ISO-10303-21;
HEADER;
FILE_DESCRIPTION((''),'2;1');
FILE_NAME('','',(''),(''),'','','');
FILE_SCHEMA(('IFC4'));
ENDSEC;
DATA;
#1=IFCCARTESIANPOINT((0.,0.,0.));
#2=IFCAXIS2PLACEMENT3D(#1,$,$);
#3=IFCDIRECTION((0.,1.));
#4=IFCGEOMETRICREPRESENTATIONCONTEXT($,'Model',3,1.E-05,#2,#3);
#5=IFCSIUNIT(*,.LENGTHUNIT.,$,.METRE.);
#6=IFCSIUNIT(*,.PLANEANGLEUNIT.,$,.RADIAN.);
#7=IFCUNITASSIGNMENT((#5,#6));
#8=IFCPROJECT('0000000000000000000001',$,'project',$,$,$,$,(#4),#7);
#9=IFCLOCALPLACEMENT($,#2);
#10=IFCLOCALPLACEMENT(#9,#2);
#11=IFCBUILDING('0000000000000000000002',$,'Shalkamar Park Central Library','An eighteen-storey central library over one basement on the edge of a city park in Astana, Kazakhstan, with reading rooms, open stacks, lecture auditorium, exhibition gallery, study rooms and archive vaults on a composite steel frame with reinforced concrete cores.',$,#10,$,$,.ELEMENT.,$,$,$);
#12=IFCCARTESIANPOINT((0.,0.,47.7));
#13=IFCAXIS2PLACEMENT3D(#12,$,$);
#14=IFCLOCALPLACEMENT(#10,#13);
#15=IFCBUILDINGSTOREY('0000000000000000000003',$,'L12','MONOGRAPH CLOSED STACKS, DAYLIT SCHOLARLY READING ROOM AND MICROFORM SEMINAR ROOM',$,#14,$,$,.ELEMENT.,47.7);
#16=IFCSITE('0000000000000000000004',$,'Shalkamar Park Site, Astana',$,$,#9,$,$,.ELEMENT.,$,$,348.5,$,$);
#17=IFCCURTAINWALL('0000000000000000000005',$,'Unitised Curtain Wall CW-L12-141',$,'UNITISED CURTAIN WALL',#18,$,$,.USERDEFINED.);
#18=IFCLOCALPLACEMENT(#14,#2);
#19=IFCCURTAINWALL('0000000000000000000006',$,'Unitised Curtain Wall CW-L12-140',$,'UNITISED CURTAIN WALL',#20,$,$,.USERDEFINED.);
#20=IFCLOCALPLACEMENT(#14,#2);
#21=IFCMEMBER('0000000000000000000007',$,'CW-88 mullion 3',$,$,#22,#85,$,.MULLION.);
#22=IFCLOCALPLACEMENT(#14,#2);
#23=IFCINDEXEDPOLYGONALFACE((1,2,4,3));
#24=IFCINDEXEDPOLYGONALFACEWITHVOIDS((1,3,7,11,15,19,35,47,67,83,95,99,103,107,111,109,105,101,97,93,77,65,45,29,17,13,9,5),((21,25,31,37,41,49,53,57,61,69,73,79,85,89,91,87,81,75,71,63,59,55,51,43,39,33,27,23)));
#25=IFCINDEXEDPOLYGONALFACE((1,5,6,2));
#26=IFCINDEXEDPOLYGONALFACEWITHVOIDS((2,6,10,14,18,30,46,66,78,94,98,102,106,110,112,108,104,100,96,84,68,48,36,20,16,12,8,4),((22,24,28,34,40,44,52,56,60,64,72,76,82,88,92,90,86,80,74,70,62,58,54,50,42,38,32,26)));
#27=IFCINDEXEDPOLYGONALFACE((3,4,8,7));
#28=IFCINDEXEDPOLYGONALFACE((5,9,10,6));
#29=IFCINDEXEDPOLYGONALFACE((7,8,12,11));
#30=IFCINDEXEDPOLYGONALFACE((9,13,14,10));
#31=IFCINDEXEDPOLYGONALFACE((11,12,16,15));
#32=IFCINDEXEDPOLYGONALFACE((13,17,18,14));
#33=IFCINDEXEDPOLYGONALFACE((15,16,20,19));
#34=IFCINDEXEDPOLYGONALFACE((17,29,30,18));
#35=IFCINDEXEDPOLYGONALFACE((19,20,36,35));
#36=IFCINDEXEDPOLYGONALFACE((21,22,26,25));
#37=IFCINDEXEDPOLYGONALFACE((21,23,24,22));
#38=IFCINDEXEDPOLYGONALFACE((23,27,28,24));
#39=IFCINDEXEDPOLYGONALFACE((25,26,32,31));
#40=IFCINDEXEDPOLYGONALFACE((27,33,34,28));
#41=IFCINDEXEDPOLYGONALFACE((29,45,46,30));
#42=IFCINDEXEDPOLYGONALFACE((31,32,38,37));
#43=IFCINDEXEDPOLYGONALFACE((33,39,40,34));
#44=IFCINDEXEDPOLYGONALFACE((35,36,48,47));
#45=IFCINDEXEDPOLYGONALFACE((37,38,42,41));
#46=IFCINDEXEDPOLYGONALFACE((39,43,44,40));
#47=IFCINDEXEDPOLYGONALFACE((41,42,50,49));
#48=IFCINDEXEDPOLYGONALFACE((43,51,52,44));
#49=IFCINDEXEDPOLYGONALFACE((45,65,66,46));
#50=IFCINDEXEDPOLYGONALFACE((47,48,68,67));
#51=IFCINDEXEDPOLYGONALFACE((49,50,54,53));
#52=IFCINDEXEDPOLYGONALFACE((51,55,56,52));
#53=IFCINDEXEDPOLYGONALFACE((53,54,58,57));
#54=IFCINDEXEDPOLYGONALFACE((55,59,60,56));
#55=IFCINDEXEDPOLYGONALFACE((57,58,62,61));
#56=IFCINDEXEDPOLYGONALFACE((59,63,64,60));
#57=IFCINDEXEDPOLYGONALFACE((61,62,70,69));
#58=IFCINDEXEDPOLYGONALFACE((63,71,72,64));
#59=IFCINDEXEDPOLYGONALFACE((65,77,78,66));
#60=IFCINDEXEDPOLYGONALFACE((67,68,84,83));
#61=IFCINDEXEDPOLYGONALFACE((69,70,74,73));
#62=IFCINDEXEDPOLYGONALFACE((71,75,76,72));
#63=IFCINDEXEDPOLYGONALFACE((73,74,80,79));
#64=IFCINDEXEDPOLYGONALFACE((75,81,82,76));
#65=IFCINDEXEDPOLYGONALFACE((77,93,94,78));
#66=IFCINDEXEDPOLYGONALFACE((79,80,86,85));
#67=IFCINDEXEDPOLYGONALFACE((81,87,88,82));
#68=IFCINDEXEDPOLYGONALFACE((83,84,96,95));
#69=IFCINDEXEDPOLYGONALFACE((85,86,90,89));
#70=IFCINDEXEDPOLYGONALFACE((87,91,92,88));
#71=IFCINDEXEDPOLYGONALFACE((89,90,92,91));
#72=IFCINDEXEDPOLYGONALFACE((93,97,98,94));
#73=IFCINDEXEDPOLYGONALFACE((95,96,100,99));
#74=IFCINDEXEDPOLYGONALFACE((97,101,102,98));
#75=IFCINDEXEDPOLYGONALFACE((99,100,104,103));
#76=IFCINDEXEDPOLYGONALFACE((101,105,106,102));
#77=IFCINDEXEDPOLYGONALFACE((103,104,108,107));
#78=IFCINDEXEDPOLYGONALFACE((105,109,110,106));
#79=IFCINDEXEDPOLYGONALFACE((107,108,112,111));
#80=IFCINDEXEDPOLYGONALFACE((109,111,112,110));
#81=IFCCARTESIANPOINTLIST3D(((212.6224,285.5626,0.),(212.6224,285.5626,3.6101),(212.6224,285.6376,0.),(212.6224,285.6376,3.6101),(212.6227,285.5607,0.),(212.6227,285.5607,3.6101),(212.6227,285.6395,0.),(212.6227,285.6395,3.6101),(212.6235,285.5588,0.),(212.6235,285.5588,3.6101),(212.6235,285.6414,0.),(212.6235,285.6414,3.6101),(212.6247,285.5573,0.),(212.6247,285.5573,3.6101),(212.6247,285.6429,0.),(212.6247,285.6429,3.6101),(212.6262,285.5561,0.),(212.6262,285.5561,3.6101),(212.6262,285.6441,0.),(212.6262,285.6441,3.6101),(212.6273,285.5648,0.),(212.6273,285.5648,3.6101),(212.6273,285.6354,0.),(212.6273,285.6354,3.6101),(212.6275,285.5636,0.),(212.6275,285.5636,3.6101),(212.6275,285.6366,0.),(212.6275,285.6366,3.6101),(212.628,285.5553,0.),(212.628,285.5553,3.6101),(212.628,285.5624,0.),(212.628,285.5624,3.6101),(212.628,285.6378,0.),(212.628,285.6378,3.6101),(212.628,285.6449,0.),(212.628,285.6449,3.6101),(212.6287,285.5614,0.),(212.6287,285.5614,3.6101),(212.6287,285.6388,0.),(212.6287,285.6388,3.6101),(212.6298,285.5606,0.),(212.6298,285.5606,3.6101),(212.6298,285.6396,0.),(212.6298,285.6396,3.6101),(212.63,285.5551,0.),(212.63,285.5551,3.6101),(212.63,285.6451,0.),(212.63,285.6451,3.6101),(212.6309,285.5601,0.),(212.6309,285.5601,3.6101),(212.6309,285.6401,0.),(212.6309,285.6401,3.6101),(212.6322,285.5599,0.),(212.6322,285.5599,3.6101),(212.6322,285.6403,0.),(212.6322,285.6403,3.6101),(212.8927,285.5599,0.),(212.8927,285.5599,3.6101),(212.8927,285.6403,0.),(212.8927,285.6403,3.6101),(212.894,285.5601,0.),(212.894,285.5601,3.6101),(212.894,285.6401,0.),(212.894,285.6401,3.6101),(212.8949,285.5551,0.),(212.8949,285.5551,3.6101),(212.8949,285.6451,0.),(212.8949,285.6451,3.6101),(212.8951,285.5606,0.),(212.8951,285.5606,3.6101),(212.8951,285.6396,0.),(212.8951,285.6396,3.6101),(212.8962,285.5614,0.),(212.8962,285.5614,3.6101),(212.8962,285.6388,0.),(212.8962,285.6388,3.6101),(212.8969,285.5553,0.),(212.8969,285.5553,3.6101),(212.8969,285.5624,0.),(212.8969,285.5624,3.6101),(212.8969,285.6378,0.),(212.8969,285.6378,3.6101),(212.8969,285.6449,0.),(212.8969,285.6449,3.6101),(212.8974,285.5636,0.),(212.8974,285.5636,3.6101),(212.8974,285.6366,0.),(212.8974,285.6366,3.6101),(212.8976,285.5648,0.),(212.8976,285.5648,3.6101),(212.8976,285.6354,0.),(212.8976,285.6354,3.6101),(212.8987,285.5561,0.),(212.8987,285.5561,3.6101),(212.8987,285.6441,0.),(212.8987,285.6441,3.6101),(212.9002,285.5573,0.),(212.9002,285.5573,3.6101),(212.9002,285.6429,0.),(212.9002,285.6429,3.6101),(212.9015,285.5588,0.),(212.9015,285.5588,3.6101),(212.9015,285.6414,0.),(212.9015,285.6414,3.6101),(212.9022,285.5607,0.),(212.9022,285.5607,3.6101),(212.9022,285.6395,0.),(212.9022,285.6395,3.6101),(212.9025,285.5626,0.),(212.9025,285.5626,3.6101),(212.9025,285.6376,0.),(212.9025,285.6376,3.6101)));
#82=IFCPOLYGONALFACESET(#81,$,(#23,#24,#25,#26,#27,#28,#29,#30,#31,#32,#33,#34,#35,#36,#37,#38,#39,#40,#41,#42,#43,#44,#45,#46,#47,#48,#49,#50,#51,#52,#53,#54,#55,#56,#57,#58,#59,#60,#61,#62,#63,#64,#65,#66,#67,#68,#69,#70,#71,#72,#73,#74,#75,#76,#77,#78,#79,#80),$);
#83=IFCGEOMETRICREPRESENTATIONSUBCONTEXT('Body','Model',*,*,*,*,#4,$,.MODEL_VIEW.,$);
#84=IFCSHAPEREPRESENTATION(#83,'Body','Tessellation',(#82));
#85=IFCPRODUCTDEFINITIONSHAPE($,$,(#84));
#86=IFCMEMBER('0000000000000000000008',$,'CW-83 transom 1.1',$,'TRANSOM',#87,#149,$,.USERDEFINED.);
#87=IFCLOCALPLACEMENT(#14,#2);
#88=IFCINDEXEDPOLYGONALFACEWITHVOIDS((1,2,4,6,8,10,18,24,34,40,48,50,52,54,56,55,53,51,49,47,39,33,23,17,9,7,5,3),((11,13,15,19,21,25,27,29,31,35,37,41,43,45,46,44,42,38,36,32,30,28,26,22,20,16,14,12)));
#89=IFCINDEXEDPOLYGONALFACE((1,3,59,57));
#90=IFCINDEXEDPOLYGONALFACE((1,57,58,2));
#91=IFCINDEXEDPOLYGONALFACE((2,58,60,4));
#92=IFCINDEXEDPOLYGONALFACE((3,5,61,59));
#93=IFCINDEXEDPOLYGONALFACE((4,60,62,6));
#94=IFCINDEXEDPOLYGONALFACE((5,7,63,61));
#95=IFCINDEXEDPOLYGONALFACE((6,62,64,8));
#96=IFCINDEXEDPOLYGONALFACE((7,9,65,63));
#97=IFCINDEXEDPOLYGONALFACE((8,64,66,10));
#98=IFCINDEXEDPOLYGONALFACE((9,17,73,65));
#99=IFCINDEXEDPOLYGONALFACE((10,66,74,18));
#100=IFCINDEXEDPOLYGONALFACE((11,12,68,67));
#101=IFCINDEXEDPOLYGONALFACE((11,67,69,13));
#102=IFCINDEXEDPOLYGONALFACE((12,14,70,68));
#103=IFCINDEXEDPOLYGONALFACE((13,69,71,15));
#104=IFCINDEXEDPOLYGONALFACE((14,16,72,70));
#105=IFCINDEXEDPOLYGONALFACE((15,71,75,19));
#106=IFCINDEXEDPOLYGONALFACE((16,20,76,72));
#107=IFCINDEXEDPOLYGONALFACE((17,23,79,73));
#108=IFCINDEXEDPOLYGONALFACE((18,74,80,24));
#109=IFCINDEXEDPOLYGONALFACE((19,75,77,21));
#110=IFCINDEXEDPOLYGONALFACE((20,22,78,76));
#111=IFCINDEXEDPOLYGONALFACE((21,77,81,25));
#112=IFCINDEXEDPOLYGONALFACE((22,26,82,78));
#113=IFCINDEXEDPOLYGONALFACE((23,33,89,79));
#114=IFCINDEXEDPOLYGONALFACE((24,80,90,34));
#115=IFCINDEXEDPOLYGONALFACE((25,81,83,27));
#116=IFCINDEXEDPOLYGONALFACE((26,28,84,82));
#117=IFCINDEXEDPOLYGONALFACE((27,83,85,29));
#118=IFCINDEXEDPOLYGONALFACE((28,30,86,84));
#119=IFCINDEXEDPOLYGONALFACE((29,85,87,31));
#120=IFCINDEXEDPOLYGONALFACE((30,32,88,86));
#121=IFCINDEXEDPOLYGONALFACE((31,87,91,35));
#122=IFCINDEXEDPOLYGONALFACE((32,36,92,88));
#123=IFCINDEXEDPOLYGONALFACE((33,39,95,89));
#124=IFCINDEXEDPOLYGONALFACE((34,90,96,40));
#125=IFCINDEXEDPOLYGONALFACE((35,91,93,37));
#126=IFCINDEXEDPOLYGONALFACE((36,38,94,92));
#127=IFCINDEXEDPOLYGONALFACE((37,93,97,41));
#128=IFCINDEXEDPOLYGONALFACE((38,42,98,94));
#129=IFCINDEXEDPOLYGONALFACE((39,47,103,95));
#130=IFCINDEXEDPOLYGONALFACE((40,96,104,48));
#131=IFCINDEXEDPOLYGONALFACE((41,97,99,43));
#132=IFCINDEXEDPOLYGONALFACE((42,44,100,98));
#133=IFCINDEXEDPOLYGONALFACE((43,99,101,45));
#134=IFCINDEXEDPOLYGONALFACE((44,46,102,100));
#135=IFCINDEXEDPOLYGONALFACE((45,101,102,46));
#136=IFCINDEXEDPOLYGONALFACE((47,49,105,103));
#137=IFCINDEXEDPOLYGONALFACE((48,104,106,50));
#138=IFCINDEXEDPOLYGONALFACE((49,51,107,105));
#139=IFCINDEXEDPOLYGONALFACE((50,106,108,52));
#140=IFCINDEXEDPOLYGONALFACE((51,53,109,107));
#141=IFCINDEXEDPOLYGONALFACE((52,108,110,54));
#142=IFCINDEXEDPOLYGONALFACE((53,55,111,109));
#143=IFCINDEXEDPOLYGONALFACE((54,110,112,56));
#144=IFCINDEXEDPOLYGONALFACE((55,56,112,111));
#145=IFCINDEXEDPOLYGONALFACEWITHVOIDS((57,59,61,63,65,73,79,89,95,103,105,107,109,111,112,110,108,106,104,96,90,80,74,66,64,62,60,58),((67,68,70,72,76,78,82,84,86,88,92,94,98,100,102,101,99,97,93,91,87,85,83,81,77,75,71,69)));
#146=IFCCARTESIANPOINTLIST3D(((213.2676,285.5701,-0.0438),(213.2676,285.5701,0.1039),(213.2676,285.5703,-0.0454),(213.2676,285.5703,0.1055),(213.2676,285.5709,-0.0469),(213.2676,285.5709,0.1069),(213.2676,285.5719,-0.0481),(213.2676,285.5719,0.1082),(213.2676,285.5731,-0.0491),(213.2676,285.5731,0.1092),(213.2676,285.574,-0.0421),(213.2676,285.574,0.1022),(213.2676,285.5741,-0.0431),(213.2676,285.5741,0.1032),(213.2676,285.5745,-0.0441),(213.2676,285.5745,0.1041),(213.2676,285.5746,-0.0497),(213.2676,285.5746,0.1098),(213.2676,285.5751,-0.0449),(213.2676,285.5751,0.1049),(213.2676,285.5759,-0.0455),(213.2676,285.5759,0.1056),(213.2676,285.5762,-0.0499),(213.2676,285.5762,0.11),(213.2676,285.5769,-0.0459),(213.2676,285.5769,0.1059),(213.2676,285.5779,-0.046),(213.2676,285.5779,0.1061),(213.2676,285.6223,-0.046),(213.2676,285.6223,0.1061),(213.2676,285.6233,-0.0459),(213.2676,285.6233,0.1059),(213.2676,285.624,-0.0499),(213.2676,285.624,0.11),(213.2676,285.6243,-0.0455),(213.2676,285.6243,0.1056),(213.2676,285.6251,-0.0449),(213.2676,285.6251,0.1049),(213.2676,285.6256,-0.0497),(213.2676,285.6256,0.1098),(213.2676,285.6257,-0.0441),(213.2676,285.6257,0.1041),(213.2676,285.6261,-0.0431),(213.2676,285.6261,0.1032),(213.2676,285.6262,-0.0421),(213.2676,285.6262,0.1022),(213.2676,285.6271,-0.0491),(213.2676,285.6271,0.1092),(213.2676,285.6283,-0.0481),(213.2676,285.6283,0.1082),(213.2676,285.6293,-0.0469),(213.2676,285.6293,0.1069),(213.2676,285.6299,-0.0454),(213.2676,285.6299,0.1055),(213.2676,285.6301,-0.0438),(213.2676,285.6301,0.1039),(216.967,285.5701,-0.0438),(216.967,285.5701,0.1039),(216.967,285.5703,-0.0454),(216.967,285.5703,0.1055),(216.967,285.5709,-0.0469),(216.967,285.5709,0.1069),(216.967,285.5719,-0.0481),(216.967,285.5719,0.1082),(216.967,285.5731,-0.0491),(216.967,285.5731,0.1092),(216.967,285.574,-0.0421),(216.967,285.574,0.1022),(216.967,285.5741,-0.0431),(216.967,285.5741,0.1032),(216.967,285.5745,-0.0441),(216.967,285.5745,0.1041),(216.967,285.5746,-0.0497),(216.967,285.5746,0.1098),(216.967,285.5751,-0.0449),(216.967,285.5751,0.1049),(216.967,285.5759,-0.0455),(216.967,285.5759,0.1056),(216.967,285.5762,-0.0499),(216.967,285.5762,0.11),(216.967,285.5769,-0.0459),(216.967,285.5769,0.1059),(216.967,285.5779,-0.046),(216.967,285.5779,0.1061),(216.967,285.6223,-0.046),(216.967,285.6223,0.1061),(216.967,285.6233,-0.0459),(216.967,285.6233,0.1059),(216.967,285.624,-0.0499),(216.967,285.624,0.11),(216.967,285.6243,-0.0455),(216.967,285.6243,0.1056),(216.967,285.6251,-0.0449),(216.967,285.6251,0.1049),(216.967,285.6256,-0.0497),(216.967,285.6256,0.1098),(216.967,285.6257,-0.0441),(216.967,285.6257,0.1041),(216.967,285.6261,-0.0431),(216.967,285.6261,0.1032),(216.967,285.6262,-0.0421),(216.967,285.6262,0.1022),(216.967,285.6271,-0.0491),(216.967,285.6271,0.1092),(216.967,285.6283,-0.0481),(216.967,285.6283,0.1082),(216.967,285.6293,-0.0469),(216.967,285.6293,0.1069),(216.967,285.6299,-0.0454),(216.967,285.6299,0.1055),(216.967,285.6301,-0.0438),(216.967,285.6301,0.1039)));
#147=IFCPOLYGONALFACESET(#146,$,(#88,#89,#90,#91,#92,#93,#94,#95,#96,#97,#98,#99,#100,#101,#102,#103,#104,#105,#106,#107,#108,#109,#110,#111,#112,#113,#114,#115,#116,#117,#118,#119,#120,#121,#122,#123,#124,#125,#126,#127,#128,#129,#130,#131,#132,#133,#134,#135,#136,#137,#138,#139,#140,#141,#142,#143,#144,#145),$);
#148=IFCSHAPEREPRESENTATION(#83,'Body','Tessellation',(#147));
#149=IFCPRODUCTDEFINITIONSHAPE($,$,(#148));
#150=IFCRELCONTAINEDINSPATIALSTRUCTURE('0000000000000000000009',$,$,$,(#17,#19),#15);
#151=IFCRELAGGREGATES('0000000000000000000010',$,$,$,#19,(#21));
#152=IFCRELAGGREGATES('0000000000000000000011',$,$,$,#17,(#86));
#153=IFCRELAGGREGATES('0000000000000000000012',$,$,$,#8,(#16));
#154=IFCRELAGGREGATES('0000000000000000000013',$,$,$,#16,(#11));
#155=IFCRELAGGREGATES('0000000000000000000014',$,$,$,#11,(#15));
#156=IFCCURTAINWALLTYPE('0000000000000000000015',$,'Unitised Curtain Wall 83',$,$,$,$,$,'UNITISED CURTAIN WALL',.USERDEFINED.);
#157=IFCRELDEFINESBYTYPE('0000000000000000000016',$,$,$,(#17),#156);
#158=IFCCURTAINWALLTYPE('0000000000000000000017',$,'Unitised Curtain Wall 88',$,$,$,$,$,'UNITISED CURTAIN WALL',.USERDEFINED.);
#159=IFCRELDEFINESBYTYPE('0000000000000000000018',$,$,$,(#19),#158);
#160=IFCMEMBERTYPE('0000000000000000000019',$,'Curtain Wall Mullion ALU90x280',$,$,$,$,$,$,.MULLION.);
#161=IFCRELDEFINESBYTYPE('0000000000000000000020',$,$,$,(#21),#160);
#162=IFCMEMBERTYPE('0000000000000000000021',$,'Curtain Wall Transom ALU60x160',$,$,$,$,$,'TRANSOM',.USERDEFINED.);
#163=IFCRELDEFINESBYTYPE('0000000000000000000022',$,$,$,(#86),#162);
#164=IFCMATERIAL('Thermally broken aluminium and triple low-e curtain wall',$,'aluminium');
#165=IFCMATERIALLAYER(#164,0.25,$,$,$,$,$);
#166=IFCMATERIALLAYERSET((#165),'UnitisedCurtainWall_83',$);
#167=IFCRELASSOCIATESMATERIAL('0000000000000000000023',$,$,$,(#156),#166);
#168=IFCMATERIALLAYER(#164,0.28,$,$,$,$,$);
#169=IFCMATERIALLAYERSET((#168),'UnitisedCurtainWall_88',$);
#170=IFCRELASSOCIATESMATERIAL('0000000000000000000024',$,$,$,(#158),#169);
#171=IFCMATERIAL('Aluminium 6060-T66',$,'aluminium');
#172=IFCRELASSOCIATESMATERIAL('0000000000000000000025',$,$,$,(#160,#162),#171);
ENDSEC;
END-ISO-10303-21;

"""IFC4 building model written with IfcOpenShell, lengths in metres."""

from ifc_helpers import new_model, si_unit, direction, frame, origin, origin_2d, place, context, subcontext, project, spatial, hollow_rectangle, extrude, material, layer, layer_set, material_profile, profile_set, type_object, element, aggregate, save


model = new_model("IFC4")

# Units and contexts
model_context = context("Model", 3, precision=1e-05, world=origin(), true_north=direction((0.0, 1.0)))
body_context = subcontext(model_context, "Body", "Model", "MODEL_VIEW")
ifc_project = project(units=[si_unit("LENGTHUNIT", "METRE"), si_unit("PLANEANGLEUNIT", "RADIAN")], contexts=[model_context])

# Site, building, storey
site_placement = place(None, origin())
site = spatial("IfcSite", under=ifc_project, at=site_placement, Name="Shalkamar Park Site, Astana", CompositionType="ELEMENT", RefElevation=348.5)
building_placement = place(site_placement, origin())
building = spatial("IfcBuilding", under=site, at=building_placement, Name="Shalkamar Park Central Library", Description="An eighteen-storey central library over one basement on the edge of a city park in Astana, Kazakhstan, with reading rooms, open stacks, lecture auditorium, exhibition gallery, study rooms and archive vaults on a composite steel frame with reinforced concrete cores.", CompositionType="ELEMENT")
storey_placement = place(building_placement, frame((0.0, 0.0, 47.7)))
storey = spatial("IfcBuildingStorey", under=building, at=storey_placement, Name="L12", Description="MONOGRAPH CLOSED STACKS, DAYLIT SCHOLARLY READING ROOM AND MICROFORM SEMINAR ROOM", CompositionType="ELEMENT", Elevation=47.7)

# Curtain wall
ifc_material_1 = material(Name="Thermally broken aluminium and triple low-e curtain wall", Category="aluminium")
ifc_layer_1 = layer(ifc_material_1, 0.25)
ifc_layer_set_1 = layer_set([ifc_layer_1], Name="UnitisedCurtainWall_83")
curtain_wall_type_1 = type_object("IfcCurtainWallType", Name="Unitised Curtain Wall 83", ElementType="UNITISED CURTAIN WALL", PredefinedType="USERDEFINED", material=ifc_layer_set_1)
curtain_wall_1_placement = place(storey_placement, origin())
curtain_wall_1 = element("IfcCurtainWall", 1, at=curtain_wall_1_placement, inside=storey, type_object=curtain_wall_type_1, Name="Unitised Curtain Wall CW-L12-141", ObjectType="UNITISED CURTAIN WALL", PredefinedType="USERDEFINED")
ifc_material_2 = material(Name="Aluminium 6060-T66", Category="aluminium")

# Curtain wall, member
ifc_layer_2 = layer(ifc_material_1, 0.28)
ifc_layer_set_2 = layer_set([ifc_layer_2], Name="UnitisedCurtainWall_88")
curtain_wall_type_2 = type_object("IfcCurtainWallType", Name="Unitised Curtain Wall 88", ElementType="UNITISED CURTAIN WALL", PredefinedType="USERDEFINED", material=ifc_layer_set_2)
curtain_wall_2_placement = place(storey_placement, origin())
curtain_wall_2 = element("IfcCurtainWall", 2, at=curtain_wall_2_placement, inside=storey, type_object=curtain_wall_type_2, Name="Unitised Curtain Wall CW-L12-140", ObjectType="UNITISED CURTAIN WALL", PredefinedType="USERDEFINED")
ifc_material_profile_1 = material_profile(ifc_material_2, hollow_rectangle(XDim=0.0901, YDim=0.28, WallThickness=0.0049, InnerFilletRadius=0.0049, OuterFilletRadius=0.0076, at=origin_2d()), Name="ALU 90x280x5")
ifc_profile_set_1 = profile_set([ifc_material_profile_1], Name="Aluminium 6060-T66")
member_type_1 = type_object("IfcMemberType", Name="Curtain Wall Mullion ALU90x280", PredefinedType="MULLION", material=ifc_profile_set_1)
member_1_placement = place(storey_placement, frame((212.7625, 285.6001, 0.0), z_axis=(0.0, 0.0, 1.0), x_axis=(0.0, 1.0, 0.0)))
member_1 = element("IfcMember", 3, at=member_1_placement, type_object=member_type_1, Name="CW-88 mullion 3", PredefinedType="MULLION", context=body_context, shape_type="SweptSolid", body=[
    extrude(hollow_rectangle(XDim=0.0901, YDim=0.28, WallThickness=0.0049, InnerFilletRadius=0.0049, OuterFilletRadius=0.0076, at=origin_2d()), origin(), (0.0, 0.0, 1.0), 3.6101),
])

# Member
ifc_material_profile_2 = material_profile(ifc_material_2, hollow_rectangle(XDim=0.0601, YDim=0.1599, WallThickness=0.0039, InnerFilletRadius=0.0039, OuterFilletRadius=0.0061, at=origin_2d()), Name="ALU 60x160x4")
ifc_profile_set_2 = profile_set([ifc_material_profile_2], Name="Aluminium 6060-T66")
member_type_2 = type_object("IfcMemberType", Name="Curtain Wall Transom ALU60x160", ElementType="TRANSOM", PredefinedType="USERDEFINED", material=ifc_profile_set_2)
member_2_placement = place(storey_placement, frame((213.2676, 285.6001, 0.03), z_axis=(1.0, 0.0, 0.0), x_axis=(0.0, 1.0, 0.0)))
member_2 = element("IfcMember", 4, at=member_2_placement, type_object=member_type_2, Name="CW-83 transom 1.1", ObjectType="TRANSOM", PredefinedType="USERDEFINED", context=body_context, shape_type="SweptSolid", body=[
    extrude(hollow_rectangle(XDim=0.0601, YDim=0.1599, WallThickness=0.0039, InnerFilletRadius=0.0039, OuterFilletRadius=0.0061, at=origin_2d()), origin(), (0.0, 0.0, 1.0), 3.6995),
])

aggregate(curtain_wall_2, [member_1])
aggregate(curtain_wall_1, [member_2])

save(model, "model.ifc")
